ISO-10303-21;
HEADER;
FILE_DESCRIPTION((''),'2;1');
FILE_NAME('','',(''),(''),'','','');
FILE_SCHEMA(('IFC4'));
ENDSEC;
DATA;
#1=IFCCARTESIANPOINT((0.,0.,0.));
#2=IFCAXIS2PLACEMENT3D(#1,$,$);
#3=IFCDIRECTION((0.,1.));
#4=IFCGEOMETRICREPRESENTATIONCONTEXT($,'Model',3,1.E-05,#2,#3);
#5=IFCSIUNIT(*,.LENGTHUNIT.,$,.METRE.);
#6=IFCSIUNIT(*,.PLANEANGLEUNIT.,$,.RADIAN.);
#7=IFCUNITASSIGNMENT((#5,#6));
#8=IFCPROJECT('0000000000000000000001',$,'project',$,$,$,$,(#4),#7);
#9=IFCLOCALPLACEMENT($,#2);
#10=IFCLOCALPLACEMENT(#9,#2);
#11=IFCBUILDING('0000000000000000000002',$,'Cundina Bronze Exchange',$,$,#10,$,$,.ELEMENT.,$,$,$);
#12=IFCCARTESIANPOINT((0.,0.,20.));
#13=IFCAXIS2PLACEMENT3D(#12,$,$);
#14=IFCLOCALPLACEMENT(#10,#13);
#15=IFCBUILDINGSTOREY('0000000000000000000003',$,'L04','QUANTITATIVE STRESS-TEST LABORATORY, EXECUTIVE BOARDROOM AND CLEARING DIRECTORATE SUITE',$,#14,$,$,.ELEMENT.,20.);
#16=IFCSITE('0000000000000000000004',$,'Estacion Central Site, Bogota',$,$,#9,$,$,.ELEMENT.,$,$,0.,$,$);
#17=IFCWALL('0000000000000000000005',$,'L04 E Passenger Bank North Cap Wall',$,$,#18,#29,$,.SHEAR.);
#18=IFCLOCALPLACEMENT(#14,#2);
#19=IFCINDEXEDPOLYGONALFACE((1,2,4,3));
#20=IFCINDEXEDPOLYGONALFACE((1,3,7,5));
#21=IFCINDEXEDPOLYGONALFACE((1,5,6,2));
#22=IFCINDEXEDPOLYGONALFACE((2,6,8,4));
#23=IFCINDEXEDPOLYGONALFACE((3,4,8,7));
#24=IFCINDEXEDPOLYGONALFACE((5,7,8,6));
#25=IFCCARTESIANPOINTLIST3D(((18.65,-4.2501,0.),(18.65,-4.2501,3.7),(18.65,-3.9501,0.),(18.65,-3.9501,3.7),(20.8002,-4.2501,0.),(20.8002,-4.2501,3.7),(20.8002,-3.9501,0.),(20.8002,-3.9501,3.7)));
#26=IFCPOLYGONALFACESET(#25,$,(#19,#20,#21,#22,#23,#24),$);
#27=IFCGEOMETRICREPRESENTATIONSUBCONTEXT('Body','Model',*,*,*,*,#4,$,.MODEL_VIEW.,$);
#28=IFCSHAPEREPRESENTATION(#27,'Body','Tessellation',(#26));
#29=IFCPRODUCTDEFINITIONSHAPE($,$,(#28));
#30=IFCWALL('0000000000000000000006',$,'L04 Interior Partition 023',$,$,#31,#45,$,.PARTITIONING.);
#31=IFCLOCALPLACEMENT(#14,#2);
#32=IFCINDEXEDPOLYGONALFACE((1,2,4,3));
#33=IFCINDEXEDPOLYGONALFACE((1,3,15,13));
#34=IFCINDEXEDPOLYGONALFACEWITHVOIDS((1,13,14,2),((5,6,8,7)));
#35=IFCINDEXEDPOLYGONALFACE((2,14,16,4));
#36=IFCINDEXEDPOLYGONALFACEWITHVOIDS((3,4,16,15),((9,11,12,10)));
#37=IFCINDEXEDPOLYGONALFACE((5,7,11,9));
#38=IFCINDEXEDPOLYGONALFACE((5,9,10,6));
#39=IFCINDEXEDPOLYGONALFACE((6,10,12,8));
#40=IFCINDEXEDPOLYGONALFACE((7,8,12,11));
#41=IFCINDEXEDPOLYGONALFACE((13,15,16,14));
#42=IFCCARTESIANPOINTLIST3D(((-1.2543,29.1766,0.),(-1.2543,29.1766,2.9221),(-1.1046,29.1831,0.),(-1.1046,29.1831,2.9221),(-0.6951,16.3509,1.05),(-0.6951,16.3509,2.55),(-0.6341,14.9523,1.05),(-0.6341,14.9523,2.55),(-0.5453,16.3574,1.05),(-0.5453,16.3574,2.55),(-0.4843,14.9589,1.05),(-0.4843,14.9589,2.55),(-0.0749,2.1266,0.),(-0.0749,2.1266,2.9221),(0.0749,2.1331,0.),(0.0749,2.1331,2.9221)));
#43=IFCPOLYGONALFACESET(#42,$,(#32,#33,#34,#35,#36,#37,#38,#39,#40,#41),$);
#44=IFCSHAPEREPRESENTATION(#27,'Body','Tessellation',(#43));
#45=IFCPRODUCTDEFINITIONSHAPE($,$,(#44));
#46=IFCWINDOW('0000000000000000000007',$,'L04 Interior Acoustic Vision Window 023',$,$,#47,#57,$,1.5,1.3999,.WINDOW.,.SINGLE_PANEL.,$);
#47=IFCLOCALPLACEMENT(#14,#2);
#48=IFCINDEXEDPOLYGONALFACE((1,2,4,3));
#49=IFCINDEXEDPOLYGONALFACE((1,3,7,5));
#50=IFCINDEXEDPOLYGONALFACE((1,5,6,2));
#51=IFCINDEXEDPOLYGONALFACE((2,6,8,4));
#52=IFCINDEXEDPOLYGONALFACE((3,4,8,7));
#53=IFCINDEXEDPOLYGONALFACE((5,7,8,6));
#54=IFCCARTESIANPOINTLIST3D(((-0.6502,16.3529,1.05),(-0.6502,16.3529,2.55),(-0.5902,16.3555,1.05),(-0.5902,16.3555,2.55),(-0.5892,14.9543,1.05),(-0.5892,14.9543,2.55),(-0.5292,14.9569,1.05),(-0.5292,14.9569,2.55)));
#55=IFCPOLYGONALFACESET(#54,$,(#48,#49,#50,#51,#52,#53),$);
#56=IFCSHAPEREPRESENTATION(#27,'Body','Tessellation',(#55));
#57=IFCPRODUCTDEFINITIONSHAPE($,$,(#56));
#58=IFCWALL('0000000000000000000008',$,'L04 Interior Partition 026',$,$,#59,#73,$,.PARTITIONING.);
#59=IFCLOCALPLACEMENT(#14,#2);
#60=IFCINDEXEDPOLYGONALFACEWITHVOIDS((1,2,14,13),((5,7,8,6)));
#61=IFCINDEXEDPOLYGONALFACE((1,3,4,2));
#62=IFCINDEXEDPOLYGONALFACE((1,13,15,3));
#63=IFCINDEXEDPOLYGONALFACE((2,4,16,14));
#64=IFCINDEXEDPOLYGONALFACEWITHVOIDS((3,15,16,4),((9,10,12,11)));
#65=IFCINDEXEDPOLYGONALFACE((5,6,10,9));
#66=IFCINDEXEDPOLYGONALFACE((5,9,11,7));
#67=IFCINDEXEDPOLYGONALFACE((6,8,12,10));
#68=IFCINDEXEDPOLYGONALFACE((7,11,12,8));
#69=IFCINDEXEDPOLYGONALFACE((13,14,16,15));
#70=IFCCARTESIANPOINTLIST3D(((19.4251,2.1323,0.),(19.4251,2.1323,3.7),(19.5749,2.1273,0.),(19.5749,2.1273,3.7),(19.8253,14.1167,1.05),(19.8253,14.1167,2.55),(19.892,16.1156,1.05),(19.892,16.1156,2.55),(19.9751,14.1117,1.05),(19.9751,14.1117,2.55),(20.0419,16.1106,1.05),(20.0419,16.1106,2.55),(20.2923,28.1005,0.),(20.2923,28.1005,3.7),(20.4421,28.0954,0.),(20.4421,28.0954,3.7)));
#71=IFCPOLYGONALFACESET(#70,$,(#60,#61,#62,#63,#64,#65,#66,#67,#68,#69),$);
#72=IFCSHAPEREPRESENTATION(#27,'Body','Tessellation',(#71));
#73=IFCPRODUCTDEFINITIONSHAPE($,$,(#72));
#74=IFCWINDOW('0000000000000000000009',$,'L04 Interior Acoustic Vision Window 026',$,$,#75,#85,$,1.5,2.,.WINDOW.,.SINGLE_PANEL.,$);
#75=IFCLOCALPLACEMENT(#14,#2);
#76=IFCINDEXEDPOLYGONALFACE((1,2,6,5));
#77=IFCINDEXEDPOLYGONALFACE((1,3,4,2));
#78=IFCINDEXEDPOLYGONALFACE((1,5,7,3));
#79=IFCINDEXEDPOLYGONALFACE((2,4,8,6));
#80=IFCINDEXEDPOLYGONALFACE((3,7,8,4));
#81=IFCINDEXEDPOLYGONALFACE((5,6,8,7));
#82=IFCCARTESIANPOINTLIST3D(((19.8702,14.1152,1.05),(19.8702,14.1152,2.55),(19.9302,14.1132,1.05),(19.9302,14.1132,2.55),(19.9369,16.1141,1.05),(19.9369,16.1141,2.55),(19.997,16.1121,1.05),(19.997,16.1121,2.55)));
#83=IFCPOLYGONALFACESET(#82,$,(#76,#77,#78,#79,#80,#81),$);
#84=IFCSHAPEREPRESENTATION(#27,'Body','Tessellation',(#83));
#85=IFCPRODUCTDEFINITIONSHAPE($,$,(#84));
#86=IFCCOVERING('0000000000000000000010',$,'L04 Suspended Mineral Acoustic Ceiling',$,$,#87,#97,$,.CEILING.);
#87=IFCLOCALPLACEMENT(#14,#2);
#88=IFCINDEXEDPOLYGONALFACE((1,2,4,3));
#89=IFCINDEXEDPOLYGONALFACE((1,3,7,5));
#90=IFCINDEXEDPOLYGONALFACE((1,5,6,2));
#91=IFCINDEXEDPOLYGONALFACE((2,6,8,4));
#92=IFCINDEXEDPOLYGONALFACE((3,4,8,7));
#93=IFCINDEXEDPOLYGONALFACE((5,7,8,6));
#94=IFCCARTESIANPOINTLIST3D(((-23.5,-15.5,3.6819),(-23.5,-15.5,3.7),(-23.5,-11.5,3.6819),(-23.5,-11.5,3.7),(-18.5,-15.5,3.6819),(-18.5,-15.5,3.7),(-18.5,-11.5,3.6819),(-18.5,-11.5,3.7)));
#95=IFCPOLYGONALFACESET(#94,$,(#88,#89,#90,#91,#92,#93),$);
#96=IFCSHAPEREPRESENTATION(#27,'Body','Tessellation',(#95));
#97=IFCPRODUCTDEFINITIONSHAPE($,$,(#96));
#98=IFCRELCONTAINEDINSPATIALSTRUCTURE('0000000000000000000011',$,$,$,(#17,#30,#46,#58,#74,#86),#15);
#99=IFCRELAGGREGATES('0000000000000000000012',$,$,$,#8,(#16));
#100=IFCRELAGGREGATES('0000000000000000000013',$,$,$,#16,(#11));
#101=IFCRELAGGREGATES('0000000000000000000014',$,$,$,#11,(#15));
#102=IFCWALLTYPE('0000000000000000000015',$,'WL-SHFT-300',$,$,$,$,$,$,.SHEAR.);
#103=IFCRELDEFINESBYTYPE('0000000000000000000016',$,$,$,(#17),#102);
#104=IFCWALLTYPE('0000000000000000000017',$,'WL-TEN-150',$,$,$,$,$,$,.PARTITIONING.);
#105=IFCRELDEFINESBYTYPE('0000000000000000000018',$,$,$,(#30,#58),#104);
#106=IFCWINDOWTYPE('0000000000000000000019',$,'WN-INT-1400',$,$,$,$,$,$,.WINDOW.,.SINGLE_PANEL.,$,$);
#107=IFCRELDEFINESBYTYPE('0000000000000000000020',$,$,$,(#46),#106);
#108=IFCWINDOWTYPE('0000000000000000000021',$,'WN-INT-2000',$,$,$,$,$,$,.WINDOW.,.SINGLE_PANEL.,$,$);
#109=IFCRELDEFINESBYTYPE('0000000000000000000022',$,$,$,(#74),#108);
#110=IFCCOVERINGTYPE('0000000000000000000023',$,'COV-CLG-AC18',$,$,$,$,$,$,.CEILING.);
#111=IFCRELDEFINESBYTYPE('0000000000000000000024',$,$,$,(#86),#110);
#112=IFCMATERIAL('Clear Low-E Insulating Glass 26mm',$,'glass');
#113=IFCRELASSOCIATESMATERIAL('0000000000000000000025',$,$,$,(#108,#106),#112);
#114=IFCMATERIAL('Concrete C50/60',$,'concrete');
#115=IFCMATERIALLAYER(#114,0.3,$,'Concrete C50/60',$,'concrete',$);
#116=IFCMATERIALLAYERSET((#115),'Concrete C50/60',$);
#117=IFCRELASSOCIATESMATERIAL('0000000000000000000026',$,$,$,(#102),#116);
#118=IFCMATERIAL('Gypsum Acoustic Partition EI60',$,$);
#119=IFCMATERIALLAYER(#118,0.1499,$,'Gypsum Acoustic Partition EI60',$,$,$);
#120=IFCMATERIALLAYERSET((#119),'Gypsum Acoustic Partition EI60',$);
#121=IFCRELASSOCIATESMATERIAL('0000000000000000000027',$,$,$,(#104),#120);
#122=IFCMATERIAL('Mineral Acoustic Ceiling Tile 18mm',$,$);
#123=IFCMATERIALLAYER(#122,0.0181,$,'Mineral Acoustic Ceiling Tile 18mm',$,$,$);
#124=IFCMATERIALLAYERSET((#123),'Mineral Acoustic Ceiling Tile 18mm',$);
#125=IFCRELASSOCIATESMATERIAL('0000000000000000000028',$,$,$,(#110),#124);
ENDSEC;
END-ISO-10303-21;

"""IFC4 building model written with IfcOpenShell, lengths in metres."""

from ifc_helpers import new_model, si_unit, direction, frame, frame_2d, origin, place, context, subcontext, project, spatial, polyline, rectangle, outline, extrude, material, layer, layer_set, type_object, element, fill, save


model = new_model("IFC4")

# Units and contexts
model_context = context("Model", 3, precision=1e-05, world=origin(), true_north=direction((0.0, 1.0)))
body_context = subcontext(model_context, "Body", "Model", "MODEL_VIEW")
ifc_project = project(units=[si_unit("LENGTHUNIT", "METRE"), si_unit("PLANEANGLEUNIT", "RADIAN")], contexts=[model_context])

# Site, building, storey
site_placement = place(None, origin())
site = spatial("IfcSite", under=ifc_project, at=site_placement, Name="Estacion Central Site, Bogota", CompositionType="ELEMENT", RefElevation=0.0)
building_placement = place(site_placement, origin())
building = spatial("IfcBuilding", under=site, at=building_placement, Name="Cundina Bronze Exchange", CompositionType="ELEMENT")
storey_placement = place(building_placement, frame((0.0, 0.0, 20.0)))
storey = spatial("IfcBuildingStorey", under=building, at=storey_placement, Name="L04", Description="QUANTITATIVE STRESS-TEST LABORATORY, EXECUTIVE BOARDROOM AND CLEARING DIRECTORATE SUITE", CompositionType="ELEMENT", Elevation=20.0)

# Shared definitions
ifc_material_1 = material(Name="Clear Low-E Insulating Glass 26mm", Category="glass")
window_type_1 = type_object("IfcWindowType", Name="WN-INT-2000", PartitioningType="SINGLE_PANEL", PredefinedType="WINDOW", material=ifc_material_1)

# Wall
ifc_material_2 = material(Name="Concrete C50/60", Category="concrete")
ifc_layer_1 = layer(ifc_material_2, 0.3, Name="Concrete C50/60", Category="concrete")
ifc_layer_set_1 = layer_set([ifc_layer_1], Name="Concrete C50/60")
wall_type_1 = type_object("IfcWallType", Name="WL-SHFT-300", PredefinedType="SHEAR", material=ifc_layer_set_1)
wall_1_placement = place(storey_placement, frame((18.6499, -4.1001, 0.0), z_axis=(0.0, 0.0, 1.0), x_axis=(1.0, 0.0, 0.0)))
element("IfcWall", 1, at=wall_1_placement, inside=storey, type_object=wall_type_1, Name="L04 E Passenger Bank North Cap Wall", PredefinedType="SHEAR", context=body_context, shape_type="SweptSolid", body=[
    extrude(rectangle(XDim=2.1501, YDim=0.3, at=frame_2d((1.0752, 0.0))), origin(), (0.0, 0.0, 1.0), 3.7),
])

# Walls, openings, windows
ifc_material_3 = material(Name="Gypsum Acoustic Partition EI60")
ifc_layer_2 = layer(ifc_material_3, 0.1499, Name="Gypsum Acoustic Partition EI60")
ifc_layer_set_2 = layer_set([ifc_layer_2], Name="Gypsum Acoustic Partition EI60")
wall_type_2 = type_object("IfcWallType", Name="WL-TEN-150", PredefinedType="PARTITIONING", material=ifc_layer_set_2)
wall_2_placement = place(storey_placement, frame((0.0, 2.1299, 0.0), z_axis=(0.0, 0.0, 1.0), x_axis=(-0.043561, 0.999051, 0.0)))
wall_2 = element("IfcWall", 2, at=wall_2_placement, inside=storey, type_object=wall_type_2, Name="L04 Interior Partition 023", PredefinedType="PARTITIONING", context=body_context, shape_type="SweptSolid", body=[
    extrude(rectangle(XDim=27.0757, YDim=0.1499, at=frame_2d((13.5378, 0.0))), origin(), (0.0, 0.0, 1.0), 2.9221),
])
opening_1_placement = place(wall_2_placement, frame((12.8379, 0.0, 1.05)))
opening_1 = element("IfcOpeningElement", 3, at=opening_1_placement, cuts=wall_2, PredefinedType="OPENING", context=body_context, shape_type="SweptSolid", body=[
    extrude(rectangle(XDim=1.3999, YDim=1.5, at=frame_2d((0.7, 0.75))), frame((0.0, 0.085, 0.0), z_axis=(0.0, -1.0, 0.0), x_axis=(1.0, 0.0, 0.0)), (0.0, 0.0, 1.0), 0.1699),
])
window_type_2 = type_object("IfcWindowType", Name="WN-INT-1400", PartitioningType="SINGLE_PANEL", PredefinedType="WINDOW", material=ifc_material_1)
window_1_placement = place(opening_1_placement, origin())
window_1 = element("IfcWindow", 4, at=window_1_placement, inside=storey, type_object=window_type_2, Name="L04 Interior Acoustic Vision Window 023", OverallHeight=1.5, OverallWidth=1.3999, PartitioningType="SINGLE_PANEL", PredefinedType="WINDOW", context=body_context, shape_type="SweptSolid", body=[
    extrude(rectangle(XDim=1.3999, YDim=1.5, at=frame_2d((0.7, 0.75))), frame((0.0, 0.03, 0.0), z_axis=(0.0, -1.0, 0.0), x_axis=(1.0, 0.0, 0.0)), (0.0, 0.0, 1.0), 0.0601),
])
fill(opening_1, window_1)
wall_3_placement = place(storey_placement, frame((19.5, 2.1299, 0.0), z_axis=(0.0, 0.0, 1.0), x_axis=(0.033376, 0.999443, 0.0)))
wall_3 = element("IfcWall", 5, at=wall_3_placement, inside=storey, type_object=wall_type_2, Name="L04 Interior Partition 026", PredefinedType="PARTITIONING", context=body_context, shape_type="SweptSolid", body=[
    extrude(rectangle(XDim=25.9827, YDim=0.1499, at=frame_2d((12.9912, 0.0))), origin(), (0.0, 0.0, 1.0), 3.7),
])
opening_2_placement = place(wall_3_placement, frame((11.991, 0.0, 1.05)))
opening_2 = element("IfcOpeningElement", 6, at=opening_2_placement, cuts=wall_3, PredefinedType="OPENING", context=body_context, shape_type="SweptSolid", body=[
    extrude(rectangle(XDim=2.0, YDim=1.5, at=frame_2d((1.0, 0.75))), frame((0.0, 0.085, 0.0), z_axis=(0.0, -1.0, 0.0), x_axis=(1.0, 0.0, 0.0)), (0.0, 0.0, 1.0), 0.1699),
])
window_2_placement = place(opening_2_placement, origin())
window_2 = element("IfcWindow", 7, at=window_2_placement, inside=storey, type_object=window_type_1, Name="L04 Interior Acoustic Vision Window 026", OverallHeight=1.5, OverallWidth=2.0, PartitioningType="SINGLE_PANEL", PredefinedType="WINDOW", context=body_context, shape_type="SweptSolid", body=[
    extrude(rectangle(XDim=2.0, YDim=1.5, at=frame_2d((1.0, 0.75))), frame((0.0, 0.03, 0.0), z_axis=(0.0, -1.0, 0.0), x_axis=(1.0, 0.0, 0.0)), (0.0, 0.0, 1.0), 0.0601),
])
fill(opening_2, window_2)

# Covering
ifc_material_4 = material(Name="Mineral Acoustic Ceiling Tile 18mm")
ifc_layer_3 = layer(ifc_material_4, 0.0181, Name="Mineral Acoustic Ceiling Tile 18mm")
ifc_layer_set_3 = layer_set([ifc_layer_3], Name="Mineral Acoustic Ceiling Tile 18mm")
covering_type = type_object("IfcCoveringType", Name="COV-CLG-AC18", PredefinedType="CEILING", material=ifc_layer_set_3)
covering_placement = place(storey_placement, frame((0.0, 0.0, 3.6819)))
element("IfcCovering", 8, at=covering_placement, inside=storey, type_object=covering_type, Name="L04 Suspended Mineral Acoustic Ceiling", PredefinedType="CEILING", context=body_context, shape_type="SweptSolid", body=[
    extrude(outline(polyline([(-23.5, -15.5), (-18.5, -15.5), (-18.5, -11.5), (-23.5, -11.5), (-23.5, -15.5)])), origin(), (0.0, 0.0, 1.0), 0.0181),
])

save(model, "model.ifc")
